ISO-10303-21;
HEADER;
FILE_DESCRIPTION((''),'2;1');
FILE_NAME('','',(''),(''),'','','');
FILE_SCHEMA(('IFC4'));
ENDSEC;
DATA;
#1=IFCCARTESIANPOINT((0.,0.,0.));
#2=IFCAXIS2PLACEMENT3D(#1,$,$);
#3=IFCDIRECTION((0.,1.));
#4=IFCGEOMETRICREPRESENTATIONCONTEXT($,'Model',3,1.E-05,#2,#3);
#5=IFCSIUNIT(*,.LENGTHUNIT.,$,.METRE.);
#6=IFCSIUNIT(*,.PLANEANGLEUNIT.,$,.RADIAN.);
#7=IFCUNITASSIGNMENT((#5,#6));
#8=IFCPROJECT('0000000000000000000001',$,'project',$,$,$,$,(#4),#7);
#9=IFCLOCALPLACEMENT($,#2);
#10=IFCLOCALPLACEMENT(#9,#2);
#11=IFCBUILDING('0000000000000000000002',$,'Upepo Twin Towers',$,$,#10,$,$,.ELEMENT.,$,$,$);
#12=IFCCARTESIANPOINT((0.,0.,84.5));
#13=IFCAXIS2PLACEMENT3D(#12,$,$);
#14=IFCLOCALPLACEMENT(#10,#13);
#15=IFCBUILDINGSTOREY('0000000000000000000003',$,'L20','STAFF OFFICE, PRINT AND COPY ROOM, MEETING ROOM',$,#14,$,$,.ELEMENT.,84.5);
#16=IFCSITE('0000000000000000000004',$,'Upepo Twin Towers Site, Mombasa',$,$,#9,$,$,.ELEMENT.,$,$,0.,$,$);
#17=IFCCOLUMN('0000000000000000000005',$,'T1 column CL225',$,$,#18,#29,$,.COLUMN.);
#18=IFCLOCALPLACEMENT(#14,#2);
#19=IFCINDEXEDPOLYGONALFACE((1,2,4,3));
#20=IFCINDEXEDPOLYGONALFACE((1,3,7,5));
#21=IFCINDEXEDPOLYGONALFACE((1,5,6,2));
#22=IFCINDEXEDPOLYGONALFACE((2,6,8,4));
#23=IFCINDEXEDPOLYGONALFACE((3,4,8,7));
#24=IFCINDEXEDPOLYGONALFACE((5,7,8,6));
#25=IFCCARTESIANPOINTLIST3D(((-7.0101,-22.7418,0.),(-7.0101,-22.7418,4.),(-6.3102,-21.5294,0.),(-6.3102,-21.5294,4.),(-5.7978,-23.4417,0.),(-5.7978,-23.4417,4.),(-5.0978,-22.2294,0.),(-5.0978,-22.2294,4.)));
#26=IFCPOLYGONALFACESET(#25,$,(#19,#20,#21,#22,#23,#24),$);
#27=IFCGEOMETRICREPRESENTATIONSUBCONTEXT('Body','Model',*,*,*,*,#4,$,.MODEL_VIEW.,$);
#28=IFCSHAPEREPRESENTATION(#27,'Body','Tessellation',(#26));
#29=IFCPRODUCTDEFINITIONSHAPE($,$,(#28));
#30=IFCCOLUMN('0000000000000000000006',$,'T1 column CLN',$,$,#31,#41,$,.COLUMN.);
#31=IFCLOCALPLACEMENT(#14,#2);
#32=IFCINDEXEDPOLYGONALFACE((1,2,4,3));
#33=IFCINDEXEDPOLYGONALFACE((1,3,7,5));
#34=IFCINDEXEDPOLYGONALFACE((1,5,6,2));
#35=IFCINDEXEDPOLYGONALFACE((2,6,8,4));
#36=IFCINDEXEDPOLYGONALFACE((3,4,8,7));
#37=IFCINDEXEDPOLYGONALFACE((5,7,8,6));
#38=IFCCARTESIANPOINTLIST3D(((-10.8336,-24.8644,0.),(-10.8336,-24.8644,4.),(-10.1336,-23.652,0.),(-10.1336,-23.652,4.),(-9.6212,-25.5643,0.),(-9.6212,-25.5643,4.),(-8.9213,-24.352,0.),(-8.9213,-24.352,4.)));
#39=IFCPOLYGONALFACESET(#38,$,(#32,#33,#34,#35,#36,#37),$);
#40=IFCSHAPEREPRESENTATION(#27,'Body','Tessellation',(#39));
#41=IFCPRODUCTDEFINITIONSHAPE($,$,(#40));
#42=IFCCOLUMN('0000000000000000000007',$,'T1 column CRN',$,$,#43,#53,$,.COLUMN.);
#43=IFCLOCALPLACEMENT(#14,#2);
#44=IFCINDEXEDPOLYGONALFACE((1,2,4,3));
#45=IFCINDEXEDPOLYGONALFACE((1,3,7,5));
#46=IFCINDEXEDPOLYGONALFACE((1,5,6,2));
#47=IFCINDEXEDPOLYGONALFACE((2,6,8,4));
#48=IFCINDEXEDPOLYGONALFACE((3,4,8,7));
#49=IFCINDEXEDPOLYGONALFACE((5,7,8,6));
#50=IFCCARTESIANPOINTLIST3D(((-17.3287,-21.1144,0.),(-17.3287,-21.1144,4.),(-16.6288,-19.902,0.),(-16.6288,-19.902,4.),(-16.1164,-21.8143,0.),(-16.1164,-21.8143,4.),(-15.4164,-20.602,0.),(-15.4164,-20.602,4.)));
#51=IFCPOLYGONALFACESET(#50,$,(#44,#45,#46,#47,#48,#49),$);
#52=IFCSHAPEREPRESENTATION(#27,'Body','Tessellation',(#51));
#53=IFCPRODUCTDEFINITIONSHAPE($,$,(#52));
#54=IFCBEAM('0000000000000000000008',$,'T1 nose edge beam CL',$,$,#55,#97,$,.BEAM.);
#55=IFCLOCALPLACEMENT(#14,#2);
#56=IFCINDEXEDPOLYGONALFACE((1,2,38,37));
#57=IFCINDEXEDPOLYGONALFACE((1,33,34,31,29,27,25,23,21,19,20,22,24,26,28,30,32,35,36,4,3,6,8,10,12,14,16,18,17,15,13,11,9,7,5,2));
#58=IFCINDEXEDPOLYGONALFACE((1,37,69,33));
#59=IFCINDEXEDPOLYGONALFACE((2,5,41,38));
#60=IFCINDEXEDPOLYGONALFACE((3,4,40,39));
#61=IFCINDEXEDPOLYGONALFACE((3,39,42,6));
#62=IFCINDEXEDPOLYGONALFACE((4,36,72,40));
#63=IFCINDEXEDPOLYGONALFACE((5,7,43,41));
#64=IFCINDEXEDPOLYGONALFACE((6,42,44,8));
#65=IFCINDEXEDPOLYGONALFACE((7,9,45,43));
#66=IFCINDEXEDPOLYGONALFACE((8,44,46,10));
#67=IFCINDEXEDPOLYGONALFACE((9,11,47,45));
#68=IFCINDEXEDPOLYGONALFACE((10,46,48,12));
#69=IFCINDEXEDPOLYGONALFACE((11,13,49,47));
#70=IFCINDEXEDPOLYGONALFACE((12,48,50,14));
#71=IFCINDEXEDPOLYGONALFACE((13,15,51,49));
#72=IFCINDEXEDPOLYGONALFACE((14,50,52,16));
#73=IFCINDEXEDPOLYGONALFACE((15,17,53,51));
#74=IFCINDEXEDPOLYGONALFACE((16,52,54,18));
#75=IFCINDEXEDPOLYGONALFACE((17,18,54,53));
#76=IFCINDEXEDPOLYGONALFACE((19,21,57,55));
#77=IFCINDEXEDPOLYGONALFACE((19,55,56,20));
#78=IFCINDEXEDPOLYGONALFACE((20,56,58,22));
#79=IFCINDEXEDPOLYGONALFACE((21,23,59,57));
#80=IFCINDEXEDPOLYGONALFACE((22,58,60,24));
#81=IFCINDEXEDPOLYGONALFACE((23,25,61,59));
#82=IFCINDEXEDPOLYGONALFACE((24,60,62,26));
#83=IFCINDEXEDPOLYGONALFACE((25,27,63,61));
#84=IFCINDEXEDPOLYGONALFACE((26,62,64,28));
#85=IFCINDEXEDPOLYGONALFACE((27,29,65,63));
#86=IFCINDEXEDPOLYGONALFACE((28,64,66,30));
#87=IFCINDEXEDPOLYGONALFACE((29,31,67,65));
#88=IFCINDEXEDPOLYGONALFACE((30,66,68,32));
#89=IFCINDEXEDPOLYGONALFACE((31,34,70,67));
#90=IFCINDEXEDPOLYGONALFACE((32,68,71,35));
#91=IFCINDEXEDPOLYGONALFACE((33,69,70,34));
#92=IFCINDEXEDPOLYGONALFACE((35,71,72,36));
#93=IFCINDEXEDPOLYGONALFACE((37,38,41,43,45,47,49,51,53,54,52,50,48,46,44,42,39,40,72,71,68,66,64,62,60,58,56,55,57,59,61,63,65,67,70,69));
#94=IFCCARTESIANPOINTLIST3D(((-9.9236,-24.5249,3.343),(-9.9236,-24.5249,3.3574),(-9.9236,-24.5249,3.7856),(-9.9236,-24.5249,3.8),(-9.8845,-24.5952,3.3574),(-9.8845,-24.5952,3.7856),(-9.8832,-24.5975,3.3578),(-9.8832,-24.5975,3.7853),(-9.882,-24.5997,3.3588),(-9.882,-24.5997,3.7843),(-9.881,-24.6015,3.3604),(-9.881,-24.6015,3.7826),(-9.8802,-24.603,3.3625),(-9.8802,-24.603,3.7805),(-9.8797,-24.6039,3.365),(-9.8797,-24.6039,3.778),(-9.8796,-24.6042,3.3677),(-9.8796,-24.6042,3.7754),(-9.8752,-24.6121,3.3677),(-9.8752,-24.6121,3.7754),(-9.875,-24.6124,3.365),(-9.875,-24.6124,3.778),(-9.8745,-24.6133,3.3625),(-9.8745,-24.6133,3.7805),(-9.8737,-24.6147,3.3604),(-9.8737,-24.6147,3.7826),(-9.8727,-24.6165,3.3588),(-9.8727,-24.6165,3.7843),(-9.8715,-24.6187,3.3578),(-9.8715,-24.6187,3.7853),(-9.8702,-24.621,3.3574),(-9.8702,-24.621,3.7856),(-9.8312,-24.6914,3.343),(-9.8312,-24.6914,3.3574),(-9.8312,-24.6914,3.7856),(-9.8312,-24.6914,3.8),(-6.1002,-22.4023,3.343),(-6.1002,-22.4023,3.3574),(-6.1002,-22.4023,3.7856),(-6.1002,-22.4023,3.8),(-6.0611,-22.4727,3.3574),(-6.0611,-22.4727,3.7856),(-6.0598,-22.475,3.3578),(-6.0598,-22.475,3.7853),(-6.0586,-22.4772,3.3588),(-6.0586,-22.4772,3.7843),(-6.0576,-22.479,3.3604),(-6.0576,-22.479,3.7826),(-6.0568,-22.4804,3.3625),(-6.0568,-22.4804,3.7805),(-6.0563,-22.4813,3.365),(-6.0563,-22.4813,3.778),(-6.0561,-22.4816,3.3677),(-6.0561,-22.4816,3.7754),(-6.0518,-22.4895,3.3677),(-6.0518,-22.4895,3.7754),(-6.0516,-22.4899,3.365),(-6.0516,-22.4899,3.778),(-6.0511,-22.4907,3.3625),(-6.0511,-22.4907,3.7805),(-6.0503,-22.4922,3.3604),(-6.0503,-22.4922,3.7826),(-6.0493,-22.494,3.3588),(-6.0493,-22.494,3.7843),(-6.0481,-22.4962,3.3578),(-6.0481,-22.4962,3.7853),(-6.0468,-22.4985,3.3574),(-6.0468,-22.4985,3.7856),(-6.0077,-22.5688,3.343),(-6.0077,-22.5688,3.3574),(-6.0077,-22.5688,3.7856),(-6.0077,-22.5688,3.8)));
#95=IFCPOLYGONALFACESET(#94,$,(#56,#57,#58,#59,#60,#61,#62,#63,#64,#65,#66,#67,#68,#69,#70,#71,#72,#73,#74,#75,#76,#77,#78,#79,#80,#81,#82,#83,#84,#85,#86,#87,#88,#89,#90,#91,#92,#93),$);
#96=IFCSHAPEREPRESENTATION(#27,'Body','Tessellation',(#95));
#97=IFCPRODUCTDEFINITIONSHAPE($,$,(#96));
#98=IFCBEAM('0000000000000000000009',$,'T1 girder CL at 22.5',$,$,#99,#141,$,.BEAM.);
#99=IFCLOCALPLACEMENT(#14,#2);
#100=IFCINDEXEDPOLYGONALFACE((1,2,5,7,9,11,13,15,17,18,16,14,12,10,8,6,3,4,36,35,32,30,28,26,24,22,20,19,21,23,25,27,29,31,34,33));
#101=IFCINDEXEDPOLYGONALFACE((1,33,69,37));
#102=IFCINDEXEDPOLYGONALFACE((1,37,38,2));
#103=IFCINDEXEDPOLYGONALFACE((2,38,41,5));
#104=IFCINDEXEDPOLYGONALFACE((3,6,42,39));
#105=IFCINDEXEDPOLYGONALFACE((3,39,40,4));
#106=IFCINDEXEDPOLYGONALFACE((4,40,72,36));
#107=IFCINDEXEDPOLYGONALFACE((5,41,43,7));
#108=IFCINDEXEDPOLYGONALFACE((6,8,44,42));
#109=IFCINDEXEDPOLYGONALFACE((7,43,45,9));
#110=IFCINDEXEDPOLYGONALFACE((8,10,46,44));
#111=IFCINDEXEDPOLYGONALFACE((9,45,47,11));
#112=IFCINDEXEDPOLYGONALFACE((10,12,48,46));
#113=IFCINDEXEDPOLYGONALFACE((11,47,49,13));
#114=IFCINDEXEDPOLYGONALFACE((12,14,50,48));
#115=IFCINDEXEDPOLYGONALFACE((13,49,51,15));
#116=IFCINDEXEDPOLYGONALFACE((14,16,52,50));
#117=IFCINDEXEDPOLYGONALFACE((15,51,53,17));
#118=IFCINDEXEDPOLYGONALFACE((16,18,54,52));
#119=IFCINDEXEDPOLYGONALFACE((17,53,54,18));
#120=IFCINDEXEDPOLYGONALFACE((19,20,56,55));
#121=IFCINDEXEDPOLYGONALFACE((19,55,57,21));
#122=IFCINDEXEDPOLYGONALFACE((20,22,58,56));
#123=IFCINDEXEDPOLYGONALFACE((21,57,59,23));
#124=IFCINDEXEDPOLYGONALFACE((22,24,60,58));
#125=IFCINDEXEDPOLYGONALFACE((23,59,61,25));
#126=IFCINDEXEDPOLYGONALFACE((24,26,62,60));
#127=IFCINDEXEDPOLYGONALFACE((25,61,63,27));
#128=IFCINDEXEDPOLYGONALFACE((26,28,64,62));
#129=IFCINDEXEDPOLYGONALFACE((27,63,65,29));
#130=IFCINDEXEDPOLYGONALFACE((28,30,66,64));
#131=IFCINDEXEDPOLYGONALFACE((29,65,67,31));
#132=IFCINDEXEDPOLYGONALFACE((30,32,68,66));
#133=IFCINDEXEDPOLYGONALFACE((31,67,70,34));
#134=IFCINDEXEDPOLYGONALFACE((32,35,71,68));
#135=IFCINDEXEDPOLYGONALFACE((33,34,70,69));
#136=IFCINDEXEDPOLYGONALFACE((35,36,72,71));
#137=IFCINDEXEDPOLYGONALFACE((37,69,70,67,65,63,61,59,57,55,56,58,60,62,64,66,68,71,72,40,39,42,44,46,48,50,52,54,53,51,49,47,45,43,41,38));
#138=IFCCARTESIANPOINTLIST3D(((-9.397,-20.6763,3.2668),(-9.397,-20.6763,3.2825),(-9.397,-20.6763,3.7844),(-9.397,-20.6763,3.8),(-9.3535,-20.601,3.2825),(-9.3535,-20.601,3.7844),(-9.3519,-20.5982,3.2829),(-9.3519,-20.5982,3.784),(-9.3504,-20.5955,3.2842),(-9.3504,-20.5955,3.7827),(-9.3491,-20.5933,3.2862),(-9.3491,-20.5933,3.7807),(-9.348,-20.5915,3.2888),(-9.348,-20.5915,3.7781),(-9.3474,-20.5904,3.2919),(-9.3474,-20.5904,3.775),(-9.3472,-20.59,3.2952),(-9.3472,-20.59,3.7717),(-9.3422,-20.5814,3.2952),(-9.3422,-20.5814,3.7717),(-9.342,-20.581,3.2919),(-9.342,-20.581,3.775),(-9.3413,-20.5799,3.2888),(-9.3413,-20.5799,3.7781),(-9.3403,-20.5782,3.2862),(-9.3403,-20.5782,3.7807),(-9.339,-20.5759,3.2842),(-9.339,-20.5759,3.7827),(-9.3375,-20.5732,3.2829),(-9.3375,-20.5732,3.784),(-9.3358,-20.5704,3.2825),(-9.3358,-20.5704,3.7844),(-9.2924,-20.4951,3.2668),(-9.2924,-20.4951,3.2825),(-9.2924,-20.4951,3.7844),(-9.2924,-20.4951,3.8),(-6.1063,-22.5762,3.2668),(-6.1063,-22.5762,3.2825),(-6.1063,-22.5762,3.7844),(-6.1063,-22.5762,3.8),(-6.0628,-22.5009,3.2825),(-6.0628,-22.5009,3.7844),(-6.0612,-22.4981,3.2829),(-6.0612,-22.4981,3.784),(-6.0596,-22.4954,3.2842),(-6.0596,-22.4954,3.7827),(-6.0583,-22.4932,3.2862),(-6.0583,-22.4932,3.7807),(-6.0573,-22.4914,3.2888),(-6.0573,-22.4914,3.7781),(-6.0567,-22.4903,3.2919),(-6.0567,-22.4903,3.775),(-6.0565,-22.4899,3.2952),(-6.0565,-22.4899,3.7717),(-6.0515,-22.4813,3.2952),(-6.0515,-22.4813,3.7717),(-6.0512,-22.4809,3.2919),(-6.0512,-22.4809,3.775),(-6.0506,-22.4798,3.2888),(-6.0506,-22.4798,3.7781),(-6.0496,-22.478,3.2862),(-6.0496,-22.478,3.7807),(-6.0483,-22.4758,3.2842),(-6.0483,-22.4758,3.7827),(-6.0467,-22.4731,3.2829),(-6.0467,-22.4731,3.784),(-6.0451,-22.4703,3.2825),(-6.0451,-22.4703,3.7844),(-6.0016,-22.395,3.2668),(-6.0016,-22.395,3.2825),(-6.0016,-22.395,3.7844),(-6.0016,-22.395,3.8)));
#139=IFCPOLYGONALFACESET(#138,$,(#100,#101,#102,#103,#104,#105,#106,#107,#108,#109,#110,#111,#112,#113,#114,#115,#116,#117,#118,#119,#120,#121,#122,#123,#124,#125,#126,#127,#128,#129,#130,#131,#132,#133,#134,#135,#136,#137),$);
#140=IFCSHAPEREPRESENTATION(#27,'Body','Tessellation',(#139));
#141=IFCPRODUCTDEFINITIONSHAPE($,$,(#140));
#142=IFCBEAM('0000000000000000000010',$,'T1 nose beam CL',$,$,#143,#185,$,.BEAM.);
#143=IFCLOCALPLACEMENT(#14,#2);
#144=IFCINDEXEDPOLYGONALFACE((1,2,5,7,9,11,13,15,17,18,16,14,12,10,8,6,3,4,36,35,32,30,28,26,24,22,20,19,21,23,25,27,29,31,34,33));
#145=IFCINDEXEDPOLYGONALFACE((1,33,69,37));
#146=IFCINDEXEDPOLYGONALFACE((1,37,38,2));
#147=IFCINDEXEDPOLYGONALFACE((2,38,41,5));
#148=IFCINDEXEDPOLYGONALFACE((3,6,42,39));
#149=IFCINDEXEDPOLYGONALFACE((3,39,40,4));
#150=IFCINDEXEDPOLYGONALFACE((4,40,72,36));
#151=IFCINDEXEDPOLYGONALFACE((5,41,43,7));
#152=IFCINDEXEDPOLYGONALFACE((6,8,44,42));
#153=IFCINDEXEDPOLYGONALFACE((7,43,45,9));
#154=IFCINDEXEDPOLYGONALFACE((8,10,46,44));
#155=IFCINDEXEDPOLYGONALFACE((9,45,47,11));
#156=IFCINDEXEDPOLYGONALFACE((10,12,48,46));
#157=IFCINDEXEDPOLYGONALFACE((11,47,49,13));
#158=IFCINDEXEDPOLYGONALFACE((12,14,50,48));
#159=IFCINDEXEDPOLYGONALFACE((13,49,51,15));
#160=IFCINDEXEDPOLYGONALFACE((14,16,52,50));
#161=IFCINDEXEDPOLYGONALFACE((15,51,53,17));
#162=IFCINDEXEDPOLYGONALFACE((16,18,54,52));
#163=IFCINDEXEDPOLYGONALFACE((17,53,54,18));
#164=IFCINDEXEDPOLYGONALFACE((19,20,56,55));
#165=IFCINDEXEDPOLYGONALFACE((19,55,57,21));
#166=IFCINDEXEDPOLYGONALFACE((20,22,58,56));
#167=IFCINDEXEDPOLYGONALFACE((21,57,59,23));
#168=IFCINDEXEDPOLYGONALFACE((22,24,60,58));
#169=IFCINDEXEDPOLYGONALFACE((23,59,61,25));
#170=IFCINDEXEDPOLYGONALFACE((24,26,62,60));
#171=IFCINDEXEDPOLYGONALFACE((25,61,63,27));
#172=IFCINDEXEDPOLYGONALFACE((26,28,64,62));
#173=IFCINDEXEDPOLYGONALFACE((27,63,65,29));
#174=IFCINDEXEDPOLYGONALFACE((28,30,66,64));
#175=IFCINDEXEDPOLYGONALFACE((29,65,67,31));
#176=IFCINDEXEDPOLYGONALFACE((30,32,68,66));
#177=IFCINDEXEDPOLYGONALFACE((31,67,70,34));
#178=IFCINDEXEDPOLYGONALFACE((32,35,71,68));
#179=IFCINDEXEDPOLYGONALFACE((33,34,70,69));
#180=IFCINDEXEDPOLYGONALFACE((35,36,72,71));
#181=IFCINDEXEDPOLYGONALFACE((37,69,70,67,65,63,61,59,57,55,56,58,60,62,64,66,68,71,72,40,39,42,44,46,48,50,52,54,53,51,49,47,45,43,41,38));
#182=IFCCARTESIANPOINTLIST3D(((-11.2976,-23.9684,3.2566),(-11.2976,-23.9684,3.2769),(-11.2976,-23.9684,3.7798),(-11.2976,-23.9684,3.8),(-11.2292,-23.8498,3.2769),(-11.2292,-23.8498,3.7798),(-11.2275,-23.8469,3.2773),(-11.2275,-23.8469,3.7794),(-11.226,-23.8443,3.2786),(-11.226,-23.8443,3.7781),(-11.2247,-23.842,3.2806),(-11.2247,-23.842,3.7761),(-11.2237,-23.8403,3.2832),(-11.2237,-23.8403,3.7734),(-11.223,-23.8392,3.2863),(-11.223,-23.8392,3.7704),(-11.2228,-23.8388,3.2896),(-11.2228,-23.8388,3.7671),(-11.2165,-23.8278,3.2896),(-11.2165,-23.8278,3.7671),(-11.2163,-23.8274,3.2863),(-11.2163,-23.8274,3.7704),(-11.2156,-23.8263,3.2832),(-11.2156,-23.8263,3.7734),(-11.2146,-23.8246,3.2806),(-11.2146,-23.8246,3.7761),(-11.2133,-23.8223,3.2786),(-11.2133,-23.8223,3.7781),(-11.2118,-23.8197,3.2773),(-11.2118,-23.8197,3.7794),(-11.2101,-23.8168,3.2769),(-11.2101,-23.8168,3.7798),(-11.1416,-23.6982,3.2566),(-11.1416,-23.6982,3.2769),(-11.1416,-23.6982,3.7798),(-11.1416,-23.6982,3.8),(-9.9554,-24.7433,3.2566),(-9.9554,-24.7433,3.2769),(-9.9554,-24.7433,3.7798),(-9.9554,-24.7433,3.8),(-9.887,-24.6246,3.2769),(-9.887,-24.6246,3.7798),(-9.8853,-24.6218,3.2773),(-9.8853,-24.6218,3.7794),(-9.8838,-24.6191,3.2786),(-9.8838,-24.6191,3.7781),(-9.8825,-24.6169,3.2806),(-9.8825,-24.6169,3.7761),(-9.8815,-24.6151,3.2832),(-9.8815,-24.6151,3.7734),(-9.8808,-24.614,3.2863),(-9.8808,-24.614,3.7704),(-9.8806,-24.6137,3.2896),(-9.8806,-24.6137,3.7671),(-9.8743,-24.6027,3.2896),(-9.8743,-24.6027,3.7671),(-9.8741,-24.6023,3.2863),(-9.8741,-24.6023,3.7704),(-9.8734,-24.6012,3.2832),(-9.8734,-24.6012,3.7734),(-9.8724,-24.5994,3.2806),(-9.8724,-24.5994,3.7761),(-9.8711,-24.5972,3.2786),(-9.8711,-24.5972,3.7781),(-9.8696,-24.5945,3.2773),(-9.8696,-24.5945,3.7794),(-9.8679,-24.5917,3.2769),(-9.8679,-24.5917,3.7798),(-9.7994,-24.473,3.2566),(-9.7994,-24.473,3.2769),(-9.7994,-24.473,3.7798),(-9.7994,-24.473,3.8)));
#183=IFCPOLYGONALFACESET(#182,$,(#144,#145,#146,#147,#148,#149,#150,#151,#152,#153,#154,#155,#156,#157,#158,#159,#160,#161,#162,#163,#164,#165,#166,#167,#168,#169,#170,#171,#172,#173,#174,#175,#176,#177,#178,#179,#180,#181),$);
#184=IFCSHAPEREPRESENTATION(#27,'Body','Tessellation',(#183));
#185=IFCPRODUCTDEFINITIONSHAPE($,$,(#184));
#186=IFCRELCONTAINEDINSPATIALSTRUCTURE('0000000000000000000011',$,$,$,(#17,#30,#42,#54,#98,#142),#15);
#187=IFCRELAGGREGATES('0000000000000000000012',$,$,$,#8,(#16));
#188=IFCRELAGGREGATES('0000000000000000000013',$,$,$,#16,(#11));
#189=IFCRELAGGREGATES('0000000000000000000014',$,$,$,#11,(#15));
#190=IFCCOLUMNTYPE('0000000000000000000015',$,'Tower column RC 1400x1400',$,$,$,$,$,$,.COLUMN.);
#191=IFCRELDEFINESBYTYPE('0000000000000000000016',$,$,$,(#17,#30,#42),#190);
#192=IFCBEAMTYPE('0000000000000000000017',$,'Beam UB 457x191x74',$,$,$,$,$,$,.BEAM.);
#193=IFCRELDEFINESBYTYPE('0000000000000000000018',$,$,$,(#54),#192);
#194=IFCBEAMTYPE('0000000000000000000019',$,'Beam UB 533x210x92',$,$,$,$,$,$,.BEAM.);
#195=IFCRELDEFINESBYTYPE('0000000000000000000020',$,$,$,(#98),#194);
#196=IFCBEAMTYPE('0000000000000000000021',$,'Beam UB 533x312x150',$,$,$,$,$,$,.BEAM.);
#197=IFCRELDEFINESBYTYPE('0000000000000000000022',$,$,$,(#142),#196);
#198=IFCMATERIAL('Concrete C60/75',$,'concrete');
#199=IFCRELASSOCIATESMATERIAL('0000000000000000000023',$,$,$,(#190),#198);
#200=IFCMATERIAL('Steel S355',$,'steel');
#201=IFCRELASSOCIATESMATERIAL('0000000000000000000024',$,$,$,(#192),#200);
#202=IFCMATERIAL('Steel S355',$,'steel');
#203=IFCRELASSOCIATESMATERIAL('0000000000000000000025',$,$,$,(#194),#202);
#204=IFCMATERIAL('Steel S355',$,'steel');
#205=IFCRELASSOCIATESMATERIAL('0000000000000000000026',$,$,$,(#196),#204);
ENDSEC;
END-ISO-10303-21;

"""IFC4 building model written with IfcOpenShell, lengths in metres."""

from ifc_helpers import new_model, si_unit, direction, frame, origin, origin_2d, place, context, subcontext, project, spatial, rectangle, i_section, extrude, material, material_profile, profile_set, type_object, element, save


model = new_model("IFC4")

# Units and contexts
model_context = context("Model", 3, precision=1e-05, world=origin(), true_north=direction((0.0, 1.0)))
body_context = subcontext(model_context, "Body", "Model", "MODEL_VIEW")
ifc_project = project(units=[si_unit("LENGTHUNIT", "METRE"), si_unit("PLANEANGLEUNIT", "RADIAN")], contexts=[model_context])

# Site, building, storey
site_placement = place(None, origin())
site = spatial("IfcSite", under=ifc_project, at=site_placement, Name="Upepo Twin Towers Site, Mombasa", CompositionType="ELEMENT", RefElevation=0.0)
building_placement = place(site_placement, origin())
building = spatial("IfcBuilding", under=site, at=building_placement, Name="Upepo Twin Towers", CompositionType="ELEMENT")
storey_placement = place(building_placement, frame((0.0, 0.0, 84.5)))
storey = spatial("IfcBuildingStorey", under=building, at=storey_placement, Name="L20", Description="STAFF OFFICE, PRINT AND COPY ROOM, MEETING ROOM", CompositionType="ELEMENT", Elevation=84.5)

# Columns
ifc_material_1 = material(Name="Concrete C60/75", Category="concrete")
ifc_material_profile_1 = material_profile(ifc_material_1, rectangle(XDim=1.3999, YDim=1.3999, at=origin_2d()), Name="RC 1400x1400")
ifc_profile_set_1 = profile_set([ifc_material_profile_1], Name="Concrete C60/75")
column_type = type_object("IfcColumnType", Name="Tower column RC 1400x1400", PredefinedType="COLUMN", material=ifc_profile_set_1)
for number, where, z_axis, x_axis, name in (
    (1, (-6.054, -22.4856, 0.0), (0.0, 0.0, 1.0), (0.5, 0.866025, 0.0), "T1 column CL225"),
    (2, (-9.8774, -24.6082, 0.0), (0.0, 0.0, 1.0), (0.5, 0.866025, 0.0), "T1 column CLN"),
    (3, (-16.3726, -20.8582, 0.0), (0.0, 0.0, 1.0), (0.5, 0.866025, 0.0), "T1 column CRN"),
):
    element("IfcColumn", number, at=place(storey_placement, frame(where, z_axis=z_axis, x_axis=x_axis)), inside=storey, type_object=column_type, Name=name, PredefinedType="COLUMN", context=body_context, shape_type="SweptSolid", body=[
        extrude(rectangle(XDim=1.3999, YDim=1.3999, at=origin_2d()), origin(), (0.0, 0.0, 1.0), 4.0),
    ])

# Beams
ifc_material_2 = material(Name="Steel S355", Category="steel")
ifc_material_profile_2 = material_profile(ifc_material_2, i_section(OverallWidth=0.1904, OverallDepth=0.457, WebThickness=0.009, FlangeThickness=0.0144, FilletRadius=0.0103, at=origin_2d()), Name="UB 457x191x74")
ifc_profile_set_2 = profile_set([ifc_material_profile_2], Name="Steel S355")
beam_type_1 = type_object("IfcBeamType", Name="Beam UB 457x191x74", PredefinedType="BEAM", material=ifc_profile_set_2)
beam_1_placement = place(storey_placement, frame((-6.054, -22.4856, 3.5715), z_axis=(-0.874313, -0.485363, 0.0), x_axis=(0.485363, -0.874313, 0.0)))
element("IfcBeam", 4, at=beam_1_placement, inside=storey, type_object=beam_type_1, Name="T1 nose edge beam CL", PredefinedType="BEAM", context=body_context, shape_type="SweptSolid", body=[
    extrude(i_section(OverallWidth=0.1904, OverallDepth=0.457, WebThickness=0.009, FlangeThickness=0.0144, FilletRadius=0.0103, at=origin_2d()), origin(), (0.0, 0.0, 1.0), 4.373),
])
ifc_material_3 = material(Name="Steel S355", Category="steel")
ifc_material_profile_3 = material_profile(ifc_material_3, i_section(OverallWidth=0.2092, OverallDepth=0.5332, WebThickness=0.01, FlangeThickness=0.0156, FilletRadius=0.0127, at=origin_2d()), Name="UB 533x210x92")
ifc_profile_set_3 = profile_set([ifc_material_profile_3], Name="Steel S355")
beam_type_2 = type_object("IfcBeamType", Name="Beam UB 533x210x92", PredefinedType="BEAM", material=ifc_profile_set_3)
beam_2_placement = place(storey_placement, frame((-6.054, -22.4856, 3.5334), z_axis=(-0.866028, 0.499995, 0.0), x_axis=(-0.499995, -0.866028, 0.0)))
element("IfcBeam", 5, at=beam_2_placement, inside=storey, type_object=beam_type_2, Name="T1 girder CL at 22.5", PredefinedType="BEAM", context=body_context, shape_type="SweptSolid", body=[
    extrude(i_section(OverallWidth=0.2092, OverallDepth=0.5332, WebThickness=0.01, FlangeThickness=0.0156, FilletRadius=0.0127, at=origin_2d()), origin(), (0.0, 0.0, 1.0), 3.7998),
])
ifc_material_4 = material(Name="Steel S355", Category="steel")
ifc_material_profile_4 = material_profile(ifc_material_4, i_section(OverallWidth=0.312, OverallDepth=0.5435, WebThickness=0.0127, FlangeThickness=0.0203, FilletRadius=0.0127, at=origin_2d()), Name="UB 533x312x150")
ifc_profile_set_4 = profile_set([ifc_material_profile_4], Name="Steel S355")
beam_type_3 = type_object("IfcBeamType", Name="Beam UB 533x312x150", PredefinedType="BEAM", material=ifc_profile_set_4)
for number, where, z_axis, x_axis, name in (
    (6, (-9.8774, -24.6082, 3.5283), (-0.866044, 0.499968, 0.0), (-0.499968, -0.866044, 0.0), "T1 nose beam CL"),
):
    element("IfcBeam", number, at=place(storey_placement, frame(where, z_axis=z_axis, x_axis=x_axis)), inside=storey, type_object=beam_type_3, Name=name, PredefinedType="BEAM", context=body_context, shape_type="SweptSolid", body=[
        extrude(i_section(OverallWidth=0.312, OverallDepth=0.5435, WebThickness=0.0127, FlangeThickness=0.0203, FilletRadius=0.0127, at=origin_2d()), origin(), (0.0, 0.0, 1.0), 1.5498),
    ])

save(model, "model.ifc")
